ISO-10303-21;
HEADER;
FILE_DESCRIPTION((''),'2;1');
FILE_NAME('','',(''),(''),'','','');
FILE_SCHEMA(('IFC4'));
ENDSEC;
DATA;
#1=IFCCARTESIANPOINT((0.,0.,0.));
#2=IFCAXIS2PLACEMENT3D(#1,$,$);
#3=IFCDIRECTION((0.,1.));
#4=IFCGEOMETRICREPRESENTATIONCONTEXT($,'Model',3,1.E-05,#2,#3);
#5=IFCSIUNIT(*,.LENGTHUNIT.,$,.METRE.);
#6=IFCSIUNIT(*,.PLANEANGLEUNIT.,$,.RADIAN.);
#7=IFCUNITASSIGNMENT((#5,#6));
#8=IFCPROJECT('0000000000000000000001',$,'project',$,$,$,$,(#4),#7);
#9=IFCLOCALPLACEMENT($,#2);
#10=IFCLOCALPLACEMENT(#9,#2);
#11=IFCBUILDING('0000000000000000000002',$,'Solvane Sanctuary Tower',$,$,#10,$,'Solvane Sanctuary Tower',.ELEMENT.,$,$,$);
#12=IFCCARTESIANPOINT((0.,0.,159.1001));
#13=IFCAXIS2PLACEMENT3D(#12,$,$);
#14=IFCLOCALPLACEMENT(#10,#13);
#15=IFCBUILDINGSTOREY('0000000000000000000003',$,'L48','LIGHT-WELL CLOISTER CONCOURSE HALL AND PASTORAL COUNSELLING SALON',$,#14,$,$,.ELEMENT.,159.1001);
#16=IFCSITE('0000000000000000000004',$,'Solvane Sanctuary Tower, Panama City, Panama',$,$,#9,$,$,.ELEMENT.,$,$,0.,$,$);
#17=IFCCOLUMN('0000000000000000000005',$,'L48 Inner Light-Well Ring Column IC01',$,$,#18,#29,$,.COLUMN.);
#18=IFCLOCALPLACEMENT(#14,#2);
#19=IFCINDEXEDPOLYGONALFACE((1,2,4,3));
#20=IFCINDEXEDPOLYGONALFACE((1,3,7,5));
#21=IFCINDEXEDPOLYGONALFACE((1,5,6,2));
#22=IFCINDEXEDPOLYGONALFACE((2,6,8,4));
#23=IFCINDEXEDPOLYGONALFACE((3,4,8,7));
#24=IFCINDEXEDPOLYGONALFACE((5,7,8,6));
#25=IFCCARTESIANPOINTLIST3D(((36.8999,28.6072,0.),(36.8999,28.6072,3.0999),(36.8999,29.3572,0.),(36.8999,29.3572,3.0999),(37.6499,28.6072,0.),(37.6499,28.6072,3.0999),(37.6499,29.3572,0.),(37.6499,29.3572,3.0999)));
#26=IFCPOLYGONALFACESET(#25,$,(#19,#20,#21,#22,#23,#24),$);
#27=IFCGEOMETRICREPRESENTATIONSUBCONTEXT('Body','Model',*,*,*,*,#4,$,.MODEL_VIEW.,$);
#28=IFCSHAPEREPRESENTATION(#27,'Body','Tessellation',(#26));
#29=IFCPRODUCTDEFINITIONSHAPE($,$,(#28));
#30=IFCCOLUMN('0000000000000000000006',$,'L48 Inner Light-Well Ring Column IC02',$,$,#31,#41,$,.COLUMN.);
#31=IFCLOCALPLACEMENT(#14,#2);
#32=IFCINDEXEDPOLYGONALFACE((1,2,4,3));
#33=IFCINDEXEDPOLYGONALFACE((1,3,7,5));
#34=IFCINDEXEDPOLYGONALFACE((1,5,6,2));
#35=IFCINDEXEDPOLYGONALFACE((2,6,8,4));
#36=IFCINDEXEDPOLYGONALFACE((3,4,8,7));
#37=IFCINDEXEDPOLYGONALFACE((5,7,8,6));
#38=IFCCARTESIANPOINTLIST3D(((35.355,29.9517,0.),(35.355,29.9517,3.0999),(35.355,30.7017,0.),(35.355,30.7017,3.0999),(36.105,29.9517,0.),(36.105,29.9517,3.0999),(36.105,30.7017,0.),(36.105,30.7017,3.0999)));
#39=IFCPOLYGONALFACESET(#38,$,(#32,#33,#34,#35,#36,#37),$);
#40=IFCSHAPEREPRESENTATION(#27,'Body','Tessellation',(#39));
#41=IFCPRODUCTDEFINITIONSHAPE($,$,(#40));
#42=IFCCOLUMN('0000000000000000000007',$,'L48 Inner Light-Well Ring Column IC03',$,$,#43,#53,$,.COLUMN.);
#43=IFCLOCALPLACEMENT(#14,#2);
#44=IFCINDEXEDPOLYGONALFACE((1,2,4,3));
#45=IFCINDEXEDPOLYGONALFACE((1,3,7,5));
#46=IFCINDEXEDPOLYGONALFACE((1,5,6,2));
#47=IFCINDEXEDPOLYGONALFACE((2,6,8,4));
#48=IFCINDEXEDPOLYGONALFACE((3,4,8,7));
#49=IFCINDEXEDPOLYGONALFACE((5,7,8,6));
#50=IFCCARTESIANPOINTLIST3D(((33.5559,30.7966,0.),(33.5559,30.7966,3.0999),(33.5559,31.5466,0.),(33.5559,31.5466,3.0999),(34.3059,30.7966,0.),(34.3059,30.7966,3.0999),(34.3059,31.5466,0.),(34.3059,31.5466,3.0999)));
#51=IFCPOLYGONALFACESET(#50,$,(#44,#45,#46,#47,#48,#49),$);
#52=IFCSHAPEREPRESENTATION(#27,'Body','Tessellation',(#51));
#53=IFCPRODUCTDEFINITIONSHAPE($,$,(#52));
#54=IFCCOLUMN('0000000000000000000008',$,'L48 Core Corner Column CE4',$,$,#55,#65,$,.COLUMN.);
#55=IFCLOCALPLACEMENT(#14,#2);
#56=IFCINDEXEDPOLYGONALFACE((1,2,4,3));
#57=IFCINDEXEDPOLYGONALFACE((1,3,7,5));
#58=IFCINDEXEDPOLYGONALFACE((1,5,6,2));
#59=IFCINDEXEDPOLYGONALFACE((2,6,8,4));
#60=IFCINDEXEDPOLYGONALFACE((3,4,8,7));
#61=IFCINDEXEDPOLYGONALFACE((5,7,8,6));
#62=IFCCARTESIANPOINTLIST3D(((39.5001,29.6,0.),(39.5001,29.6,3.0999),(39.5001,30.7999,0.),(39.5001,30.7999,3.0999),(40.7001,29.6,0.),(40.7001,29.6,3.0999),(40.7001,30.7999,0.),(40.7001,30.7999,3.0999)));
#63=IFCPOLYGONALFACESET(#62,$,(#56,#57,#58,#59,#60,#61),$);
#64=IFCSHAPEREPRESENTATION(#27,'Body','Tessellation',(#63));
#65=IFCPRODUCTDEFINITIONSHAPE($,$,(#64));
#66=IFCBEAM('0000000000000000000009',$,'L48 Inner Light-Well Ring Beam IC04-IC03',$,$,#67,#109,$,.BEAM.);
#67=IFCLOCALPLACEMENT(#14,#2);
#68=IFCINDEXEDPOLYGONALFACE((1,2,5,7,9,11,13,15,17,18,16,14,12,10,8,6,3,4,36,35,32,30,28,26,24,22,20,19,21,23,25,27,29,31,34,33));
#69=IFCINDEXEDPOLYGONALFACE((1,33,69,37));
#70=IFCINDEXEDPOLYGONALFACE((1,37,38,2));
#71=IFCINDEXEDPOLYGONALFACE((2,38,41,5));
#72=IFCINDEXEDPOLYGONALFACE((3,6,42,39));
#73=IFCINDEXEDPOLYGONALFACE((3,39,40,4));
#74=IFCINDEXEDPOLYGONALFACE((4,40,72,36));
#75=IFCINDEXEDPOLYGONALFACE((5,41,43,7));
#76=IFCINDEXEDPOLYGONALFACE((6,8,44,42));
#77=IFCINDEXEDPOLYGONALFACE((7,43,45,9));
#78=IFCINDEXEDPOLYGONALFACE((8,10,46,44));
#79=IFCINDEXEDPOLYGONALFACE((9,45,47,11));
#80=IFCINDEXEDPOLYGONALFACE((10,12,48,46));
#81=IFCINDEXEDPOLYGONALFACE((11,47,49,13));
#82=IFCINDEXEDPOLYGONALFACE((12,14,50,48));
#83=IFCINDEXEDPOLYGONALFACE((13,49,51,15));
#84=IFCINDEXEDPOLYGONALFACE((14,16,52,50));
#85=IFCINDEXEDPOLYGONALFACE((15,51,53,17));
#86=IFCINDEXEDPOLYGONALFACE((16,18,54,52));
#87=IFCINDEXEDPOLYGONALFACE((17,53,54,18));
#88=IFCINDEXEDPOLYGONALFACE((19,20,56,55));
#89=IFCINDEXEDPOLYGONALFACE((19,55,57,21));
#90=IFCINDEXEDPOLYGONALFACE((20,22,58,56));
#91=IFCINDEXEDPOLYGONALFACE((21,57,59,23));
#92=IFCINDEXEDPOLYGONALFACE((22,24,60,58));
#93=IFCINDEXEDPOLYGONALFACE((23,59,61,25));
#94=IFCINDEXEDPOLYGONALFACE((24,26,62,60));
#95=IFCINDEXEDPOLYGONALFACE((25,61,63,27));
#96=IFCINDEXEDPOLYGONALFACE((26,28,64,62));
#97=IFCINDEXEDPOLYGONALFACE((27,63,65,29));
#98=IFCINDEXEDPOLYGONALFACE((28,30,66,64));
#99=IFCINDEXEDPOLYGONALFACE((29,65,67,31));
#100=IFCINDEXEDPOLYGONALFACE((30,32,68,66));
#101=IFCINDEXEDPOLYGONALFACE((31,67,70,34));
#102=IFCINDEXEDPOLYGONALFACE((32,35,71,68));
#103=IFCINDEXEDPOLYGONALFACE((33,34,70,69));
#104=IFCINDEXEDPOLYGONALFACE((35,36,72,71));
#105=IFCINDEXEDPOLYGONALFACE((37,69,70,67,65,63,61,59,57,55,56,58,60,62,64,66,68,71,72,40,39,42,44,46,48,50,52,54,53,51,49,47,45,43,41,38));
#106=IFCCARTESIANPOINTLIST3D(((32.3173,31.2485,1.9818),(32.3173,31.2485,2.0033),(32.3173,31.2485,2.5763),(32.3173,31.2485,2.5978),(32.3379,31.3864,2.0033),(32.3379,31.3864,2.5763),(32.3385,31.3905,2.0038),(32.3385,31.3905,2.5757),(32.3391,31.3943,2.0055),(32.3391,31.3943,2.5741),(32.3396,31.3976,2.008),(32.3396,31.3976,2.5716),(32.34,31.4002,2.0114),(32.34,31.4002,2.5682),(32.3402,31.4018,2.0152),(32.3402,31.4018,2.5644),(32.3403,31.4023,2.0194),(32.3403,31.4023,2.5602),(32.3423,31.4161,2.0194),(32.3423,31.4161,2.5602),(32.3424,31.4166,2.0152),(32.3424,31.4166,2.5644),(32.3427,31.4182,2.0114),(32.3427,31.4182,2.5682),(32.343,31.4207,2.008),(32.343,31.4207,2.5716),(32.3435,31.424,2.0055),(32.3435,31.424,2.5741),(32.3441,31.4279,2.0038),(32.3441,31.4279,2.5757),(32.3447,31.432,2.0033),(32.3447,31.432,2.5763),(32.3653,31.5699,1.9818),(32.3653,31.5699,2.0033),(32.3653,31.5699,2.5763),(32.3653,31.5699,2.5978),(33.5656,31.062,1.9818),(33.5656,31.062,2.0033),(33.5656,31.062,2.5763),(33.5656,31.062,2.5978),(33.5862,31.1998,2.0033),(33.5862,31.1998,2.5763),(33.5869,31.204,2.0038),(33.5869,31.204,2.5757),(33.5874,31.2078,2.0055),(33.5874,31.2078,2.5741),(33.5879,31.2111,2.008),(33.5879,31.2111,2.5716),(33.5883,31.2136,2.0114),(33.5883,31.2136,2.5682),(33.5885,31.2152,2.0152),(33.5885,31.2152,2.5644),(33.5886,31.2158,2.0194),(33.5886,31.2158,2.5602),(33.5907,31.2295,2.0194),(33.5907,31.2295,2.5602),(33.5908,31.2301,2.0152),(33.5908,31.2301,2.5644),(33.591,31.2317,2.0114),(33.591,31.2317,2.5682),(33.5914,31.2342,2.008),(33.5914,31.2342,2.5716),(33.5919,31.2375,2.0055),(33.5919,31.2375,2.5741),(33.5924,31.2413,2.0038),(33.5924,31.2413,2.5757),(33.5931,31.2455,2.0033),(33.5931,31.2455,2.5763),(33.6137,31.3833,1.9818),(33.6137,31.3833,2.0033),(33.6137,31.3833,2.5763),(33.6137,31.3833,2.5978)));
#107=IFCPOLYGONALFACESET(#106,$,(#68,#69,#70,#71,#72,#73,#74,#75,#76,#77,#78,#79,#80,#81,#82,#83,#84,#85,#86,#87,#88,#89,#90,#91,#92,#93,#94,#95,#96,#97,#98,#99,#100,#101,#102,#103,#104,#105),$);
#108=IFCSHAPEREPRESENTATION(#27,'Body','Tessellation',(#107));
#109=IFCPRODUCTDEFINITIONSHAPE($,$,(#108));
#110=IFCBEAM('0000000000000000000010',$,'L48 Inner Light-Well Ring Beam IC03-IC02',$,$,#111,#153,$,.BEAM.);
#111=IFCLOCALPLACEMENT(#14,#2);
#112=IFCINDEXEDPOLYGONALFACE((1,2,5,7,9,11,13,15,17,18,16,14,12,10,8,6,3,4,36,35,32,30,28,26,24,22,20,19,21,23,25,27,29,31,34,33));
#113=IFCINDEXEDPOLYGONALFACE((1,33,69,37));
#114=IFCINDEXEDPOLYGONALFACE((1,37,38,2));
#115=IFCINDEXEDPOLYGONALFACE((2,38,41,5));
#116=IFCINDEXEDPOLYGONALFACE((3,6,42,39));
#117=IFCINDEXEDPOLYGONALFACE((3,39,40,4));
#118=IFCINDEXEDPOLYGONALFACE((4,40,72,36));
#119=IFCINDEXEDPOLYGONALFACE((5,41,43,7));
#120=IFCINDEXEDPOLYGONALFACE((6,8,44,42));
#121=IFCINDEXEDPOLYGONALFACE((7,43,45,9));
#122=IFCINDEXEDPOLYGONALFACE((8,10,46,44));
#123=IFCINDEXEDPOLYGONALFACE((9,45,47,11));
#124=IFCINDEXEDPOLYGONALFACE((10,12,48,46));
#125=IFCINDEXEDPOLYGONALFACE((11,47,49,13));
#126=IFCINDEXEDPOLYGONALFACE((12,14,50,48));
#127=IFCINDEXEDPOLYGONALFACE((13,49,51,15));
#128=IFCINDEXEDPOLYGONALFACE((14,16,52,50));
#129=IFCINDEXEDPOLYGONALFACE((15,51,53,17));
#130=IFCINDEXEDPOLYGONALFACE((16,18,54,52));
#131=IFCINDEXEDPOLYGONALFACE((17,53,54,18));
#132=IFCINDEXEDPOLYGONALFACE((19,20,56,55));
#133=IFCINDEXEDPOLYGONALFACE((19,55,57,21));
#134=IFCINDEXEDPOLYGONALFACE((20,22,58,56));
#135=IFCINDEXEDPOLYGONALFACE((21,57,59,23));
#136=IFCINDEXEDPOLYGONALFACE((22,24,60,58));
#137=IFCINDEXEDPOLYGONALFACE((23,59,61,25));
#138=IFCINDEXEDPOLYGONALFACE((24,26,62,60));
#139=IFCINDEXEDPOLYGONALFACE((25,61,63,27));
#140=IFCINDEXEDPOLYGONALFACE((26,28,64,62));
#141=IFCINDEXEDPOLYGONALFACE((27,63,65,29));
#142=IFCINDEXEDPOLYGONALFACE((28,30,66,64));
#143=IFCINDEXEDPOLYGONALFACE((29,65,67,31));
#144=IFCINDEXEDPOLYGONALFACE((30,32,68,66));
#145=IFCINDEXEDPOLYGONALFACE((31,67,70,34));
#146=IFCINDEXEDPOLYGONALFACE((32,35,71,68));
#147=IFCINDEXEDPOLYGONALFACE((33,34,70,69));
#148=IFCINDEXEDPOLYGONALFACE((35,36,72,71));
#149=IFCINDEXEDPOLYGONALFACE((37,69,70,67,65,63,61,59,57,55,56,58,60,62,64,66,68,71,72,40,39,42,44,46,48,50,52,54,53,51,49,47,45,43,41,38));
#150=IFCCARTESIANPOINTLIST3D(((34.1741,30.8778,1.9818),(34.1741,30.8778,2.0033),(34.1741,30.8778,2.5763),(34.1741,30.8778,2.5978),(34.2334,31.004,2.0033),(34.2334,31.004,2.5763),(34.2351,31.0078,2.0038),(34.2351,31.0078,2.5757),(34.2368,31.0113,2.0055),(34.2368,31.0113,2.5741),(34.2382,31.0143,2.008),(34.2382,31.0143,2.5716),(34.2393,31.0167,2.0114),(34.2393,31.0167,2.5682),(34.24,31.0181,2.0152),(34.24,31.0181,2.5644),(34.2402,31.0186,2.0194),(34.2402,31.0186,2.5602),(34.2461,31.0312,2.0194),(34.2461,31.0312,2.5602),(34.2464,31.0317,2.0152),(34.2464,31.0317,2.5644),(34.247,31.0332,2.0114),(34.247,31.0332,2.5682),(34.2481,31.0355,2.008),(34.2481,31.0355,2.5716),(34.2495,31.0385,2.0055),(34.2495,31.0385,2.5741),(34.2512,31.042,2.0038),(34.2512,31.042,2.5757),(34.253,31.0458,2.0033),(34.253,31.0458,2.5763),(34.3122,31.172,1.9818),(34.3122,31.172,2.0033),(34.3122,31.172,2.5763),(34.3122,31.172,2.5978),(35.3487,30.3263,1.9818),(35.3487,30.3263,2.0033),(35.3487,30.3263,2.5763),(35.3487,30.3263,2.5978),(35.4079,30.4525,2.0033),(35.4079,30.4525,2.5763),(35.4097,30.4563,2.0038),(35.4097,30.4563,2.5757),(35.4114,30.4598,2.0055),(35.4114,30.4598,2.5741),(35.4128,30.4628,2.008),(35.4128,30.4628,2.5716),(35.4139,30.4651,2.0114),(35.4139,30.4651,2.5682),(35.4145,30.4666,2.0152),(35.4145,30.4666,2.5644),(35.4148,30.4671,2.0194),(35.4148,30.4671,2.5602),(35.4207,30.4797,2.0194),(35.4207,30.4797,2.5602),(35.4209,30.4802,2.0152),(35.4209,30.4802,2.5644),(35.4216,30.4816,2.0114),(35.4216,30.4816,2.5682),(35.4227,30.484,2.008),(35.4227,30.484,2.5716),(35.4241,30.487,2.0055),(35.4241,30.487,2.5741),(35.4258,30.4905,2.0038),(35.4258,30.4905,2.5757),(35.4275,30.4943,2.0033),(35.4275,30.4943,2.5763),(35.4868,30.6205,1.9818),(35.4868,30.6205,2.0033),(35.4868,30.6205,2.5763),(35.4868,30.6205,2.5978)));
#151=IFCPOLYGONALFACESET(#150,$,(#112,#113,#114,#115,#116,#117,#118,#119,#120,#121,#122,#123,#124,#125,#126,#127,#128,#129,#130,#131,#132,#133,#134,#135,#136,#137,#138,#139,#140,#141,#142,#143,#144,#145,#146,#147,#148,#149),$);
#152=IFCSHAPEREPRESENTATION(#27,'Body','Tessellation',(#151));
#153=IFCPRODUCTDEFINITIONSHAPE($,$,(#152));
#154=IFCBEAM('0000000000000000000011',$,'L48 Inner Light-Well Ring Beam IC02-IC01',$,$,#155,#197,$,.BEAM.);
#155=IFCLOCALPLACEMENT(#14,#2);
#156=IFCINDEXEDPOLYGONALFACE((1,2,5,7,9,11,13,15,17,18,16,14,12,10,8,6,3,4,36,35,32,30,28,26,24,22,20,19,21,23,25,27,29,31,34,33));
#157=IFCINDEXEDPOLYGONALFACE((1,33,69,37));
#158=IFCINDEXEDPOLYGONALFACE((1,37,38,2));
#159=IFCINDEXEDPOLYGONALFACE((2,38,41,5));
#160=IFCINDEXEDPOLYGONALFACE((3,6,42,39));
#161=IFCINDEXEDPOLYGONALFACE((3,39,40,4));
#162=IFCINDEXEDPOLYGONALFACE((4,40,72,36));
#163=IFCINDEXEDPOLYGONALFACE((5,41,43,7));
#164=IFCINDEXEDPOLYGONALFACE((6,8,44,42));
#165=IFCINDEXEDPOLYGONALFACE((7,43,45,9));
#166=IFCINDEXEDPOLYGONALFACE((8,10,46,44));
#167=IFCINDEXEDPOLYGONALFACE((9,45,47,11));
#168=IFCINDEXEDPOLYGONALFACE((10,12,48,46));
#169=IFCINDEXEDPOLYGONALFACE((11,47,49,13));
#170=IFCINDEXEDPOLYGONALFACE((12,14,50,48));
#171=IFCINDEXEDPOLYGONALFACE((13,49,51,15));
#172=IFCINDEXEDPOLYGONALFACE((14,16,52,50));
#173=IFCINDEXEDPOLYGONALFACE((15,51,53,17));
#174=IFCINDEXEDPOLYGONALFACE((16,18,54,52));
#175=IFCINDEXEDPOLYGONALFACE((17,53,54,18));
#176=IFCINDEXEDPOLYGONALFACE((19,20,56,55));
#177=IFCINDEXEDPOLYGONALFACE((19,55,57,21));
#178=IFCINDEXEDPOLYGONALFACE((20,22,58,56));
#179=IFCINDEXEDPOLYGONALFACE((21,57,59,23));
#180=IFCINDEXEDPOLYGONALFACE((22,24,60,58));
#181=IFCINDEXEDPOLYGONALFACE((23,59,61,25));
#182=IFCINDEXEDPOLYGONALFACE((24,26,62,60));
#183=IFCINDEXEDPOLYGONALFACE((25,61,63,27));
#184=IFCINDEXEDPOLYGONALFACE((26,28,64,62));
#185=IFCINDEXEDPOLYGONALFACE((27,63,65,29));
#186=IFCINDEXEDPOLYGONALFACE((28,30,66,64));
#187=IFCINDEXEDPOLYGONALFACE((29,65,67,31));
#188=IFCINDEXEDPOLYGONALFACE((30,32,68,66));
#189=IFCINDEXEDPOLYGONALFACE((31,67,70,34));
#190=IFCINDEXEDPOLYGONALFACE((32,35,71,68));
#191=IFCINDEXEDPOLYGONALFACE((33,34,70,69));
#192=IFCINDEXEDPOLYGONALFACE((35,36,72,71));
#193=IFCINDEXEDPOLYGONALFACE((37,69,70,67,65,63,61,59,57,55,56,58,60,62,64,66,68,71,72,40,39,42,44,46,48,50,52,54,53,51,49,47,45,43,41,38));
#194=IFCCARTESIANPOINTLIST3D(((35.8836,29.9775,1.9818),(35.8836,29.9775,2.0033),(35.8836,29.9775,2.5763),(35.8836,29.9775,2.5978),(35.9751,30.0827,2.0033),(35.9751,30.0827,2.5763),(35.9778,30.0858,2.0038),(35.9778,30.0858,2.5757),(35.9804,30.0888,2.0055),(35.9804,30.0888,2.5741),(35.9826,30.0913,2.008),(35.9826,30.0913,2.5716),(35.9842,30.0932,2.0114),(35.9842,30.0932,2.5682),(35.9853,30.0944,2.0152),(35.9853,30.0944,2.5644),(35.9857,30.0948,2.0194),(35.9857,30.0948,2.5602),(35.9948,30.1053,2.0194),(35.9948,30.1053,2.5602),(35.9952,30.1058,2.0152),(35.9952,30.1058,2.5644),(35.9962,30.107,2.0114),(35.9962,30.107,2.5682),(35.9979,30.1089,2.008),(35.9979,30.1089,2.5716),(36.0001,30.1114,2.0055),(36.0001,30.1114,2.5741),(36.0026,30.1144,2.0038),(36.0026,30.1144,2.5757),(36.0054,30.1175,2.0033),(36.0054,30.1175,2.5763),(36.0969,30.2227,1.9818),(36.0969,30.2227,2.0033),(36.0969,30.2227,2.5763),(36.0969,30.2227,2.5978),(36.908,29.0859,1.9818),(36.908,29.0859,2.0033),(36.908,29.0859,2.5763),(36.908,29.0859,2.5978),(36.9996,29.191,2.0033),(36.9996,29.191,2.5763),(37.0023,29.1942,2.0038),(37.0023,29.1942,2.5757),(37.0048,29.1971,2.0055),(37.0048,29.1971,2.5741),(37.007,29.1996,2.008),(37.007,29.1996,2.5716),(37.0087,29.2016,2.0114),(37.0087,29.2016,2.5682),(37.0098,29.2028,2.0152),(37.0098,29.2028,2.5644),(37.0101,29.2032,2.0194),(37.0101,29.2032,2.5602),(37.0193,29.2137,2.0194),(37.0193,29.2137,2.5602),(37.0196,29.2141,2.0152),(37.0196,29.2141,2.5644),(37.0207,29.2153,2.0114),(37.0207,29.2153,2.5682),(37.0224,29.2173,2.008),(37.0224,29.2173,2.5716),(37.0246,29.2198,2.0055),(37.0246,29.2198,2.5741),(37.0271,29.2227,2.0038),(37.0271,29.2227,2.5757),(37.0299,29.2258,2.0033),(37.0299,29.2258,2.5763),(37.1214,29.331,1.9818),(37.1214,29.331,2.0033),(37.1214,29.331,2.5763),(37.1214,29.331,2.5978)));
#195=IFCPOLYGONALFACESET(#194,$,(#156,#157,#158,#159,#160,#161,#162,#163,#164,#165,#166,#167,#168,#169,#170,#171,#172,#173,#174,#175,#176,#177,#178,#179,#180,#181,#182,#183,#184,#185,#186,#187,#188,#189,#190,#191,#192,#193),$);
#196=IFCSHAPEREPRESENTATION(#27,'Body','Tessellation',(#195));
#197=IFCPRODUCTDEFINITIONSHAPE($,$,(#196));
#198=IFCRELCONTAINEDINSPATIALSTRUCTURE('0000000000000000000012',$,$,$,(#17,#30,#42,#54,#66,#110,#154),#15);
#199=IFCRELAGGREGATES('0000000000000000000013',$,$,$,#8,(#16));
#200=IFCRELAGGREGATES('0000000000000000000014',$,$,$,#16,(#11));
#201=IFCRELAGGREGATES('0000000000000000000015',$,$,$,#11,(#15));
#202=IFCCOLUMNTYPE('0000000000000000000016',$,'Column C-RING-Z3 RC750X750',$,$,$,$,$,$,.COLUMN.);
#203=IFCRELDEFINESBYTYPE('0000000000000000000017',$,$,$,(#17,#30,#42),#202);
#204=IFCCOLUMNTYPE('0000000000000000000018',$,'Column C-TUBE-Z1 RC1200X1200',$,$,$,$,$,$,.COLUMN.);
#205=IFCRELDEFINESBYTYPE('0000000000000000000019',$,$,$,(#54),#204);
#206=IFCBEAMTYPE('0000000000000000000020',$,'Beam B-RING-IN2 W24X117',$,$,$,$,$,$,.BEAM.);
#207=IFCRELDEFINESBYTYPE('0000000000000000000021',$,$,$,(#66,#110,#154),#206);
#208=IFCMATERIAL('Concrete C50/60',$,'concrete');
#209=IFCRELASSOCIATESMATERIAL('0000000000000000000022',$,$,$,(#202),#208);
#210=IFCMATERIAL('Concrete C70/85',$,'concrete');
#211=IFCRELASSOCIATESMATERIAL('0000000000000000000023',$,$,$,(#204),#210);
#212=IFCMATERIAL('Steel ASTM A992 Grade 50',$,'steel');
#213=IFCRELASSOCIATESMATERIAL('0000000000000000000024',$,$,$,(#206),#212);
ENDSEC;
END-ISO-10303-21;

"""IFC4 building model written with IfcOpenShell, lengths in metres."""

from ifc_helpers import new_model, si_unit, direction, frame, origin, origin_2d, place, context, subcontext, project, spatial, rectangle, i_section, extrude, material, material_profile, profile_set, type_object, element, save


model = new_model("IFC4")

# Units and contexts
model_context = context("Model", 3, precision=1e-05, world=origin(), true_north=direction((0.0, 1.0)))
body_context = subcontext(model_context, "Body", "Model", "MODEL_VIEW")
ifc_project = project(units=[si_unit("LENGTHUNIT", "METRE"), si_unit("PLANEANGLEUNIT", "RADIAN")], contexts=[model_context])

# Site, building, storey
site_placement = place(None, origin())
site = spatial("IfcSite", under=ifc_project, at=site_placement, Name="Solvane Sanctuary Tower, Panama City, Panama", CompositionType="ELEMENT", RefElevation=0.0)
building_placement = place(site_placement, origin())
building = spatial("IfcBuilding", under=site, at=building_placement, Name="Solvane Sanctuary Tower", LongName="Solvane Sanctuary Tower", CompositionType="ELEMENT")
storey_placement = place(building_placement, frame((0.0, 0.0, 159.1001)))
storey = spatial("IfcBuildingStorey", under=building, at=storey_placement, Name="L48", Description="LIGHT-WELL CLOISTER CONCOURSE HALL AND PASTORAL COUNSELLING SALON", CompositionType="ELEMENT", Elevation=159.1001)

# Columns
ifc_material_1 = material(Name="Concrete C50/60", Category="concrete")
ifc_material_profile_1 = material_profile(ifc_material_1, rectangle(XDim=0.75, YDim=0.75, at=origin_2d()), Name="RC750X750")
ifc_profile_set_1 = profile_set([ifc_material_profile_1], Name="Concrete C50/60")
column_type_1 = type_object("IfcColumnType", Name="Column C-RING-Z3 RC750X750", PredefinedType="COLUMN", material=ifc_profile_set_1)
for number, where, z_axis, x_axis, name in (
    (1, (37.2749, 28.9822, 0.0), (0.0, 0.0, 1.0), (1.0, 0.0, 0.0), "L48 Inner Light-Well Ring Column IC01"),
    (2, (35.73, 30.3267, 0.0), (0.0, 0.0, 1.0), (1.0, 0.0, 0.0), "L48 Inner Light-Well Ring Column IC02"),
    (3, (33.9309, 31.1716, 0.0), (0.0, 0.0, 1.0), (1.0, 0.0, 0.0), "L48 Inner Light-Well Ring Column IC03"),
):
    element("IfcColumn", number, at=place(storey_placement, frame(where, z_axis=z_axis, x_axis=x_axis)), inside=storey, type_object=column_type_1, Name=name, PredefinedType="COLUMN", context=body_context, shape_type="SweptSolid", body=[
        extrude(rectangle(XDim=0.75, YDim=0.75, at=origin_2d()), origin(), (0.0, 0.0, 1.0), 3.0999),
    ])
ifc_material_2 = material(Name="Concrete C70/85", Category="concrete")
ifc_material_profile_2 = material_profile(ifc_material_2, rectangle(XDim=1.2, YDim=1.2, at=origin_2d()), Name="RC1200X1200")
ifc_profile_set_2 = profile_set([ifc_material_profile_2], Name="Concrete C70/85")
column_type_2 = type_object("IfcColumnType", Name="Column C-TUBE-Z1 RC1200X1200", PredefinedType="COLUMN", material=ifc_profile_set_2)
column_placement = place(storey_placement, frame((40.1001, 30.2, 0.0), z_axis=(0.0, 0.0, 1.0), x_axis=(1.0, 0.0, 0.0)))
element("IfcColumn", 4, at=column_placement, inside=storey, type_object=column_type_2, Name="L48 Core Corner Column CE4", PredefinedType="COLUMN", context=body_context, shape_type="SweptSolid", body=[
    extrude(rectangle(XDim=1.2, YDim=1.2, at=origin_2d()), origin(), (0.0, 0.0, 1.0), 3.0999),
])

# Beams
ifc_material_3 = material(Name="Steel ASTM A992 Grade 50", Category="steel")
ifc_material_profile_3 = material_profile(ifc_material_3, i_section(OverallWidth=0.325, OverallDepth=0.616, WebThickness=0.0139, FlangeThickness=0.0215, FilletRadius=0.0161, at=origin_2d()), Name="W24X117")
ifc_profile_set_3 = profile_set([ifc_material_profile_3], Name="Steel ASTM A992 Grade 50")
beam_type_1 = type_object("IfcBeamType", Name="Beam B-RING-IN2 W24X117", PredefinedType="BEAM", material=ifc_profile_set_3)
beam_1_placement = place(storey_placement, frame((32.3413, 31.4092, 2.2898), z_axis=(0.98902, -0.147782, 0.0), x_axis=(0.147782, 0.98902, 0.0)))
element("IfcBeam", 5, at=beam_1_placement, inside=storey, type_object=beam_type_1, Name="L48 Inner Light-Well Ring Beam IC04-IC03", PredefinedType="BEAM", context=body_context, shape_type="SweptSolid", body=[
    extrude(i_section(OverallWidth=0.325, OverallDepth=0.616, WebThickness=0.0139, FlangeThickness=0.0215, FilletRadius=0.0161, at=origin_2d()), origin(), (0.0, 0.0, 1.0), 1.2622),
])
beam_2_placement = place(storey_placement, frame((34.2432, 31.0249, 2.2898), z_axis=(0.905181, -0.425027, 0.0), x_axis=(0.425027, 0.905181, 0.0)))
element("IfcBeam", 6, at=beam_2_placement, inside=storey, type_object=beam_type_1, Name="L48 Inner Light-Well Ring Beam IC03-IC02", PredefinedType="BEAM", context=body_context, shape_type="SweptSolid", body=[
    extrude(i_section(OverallWidth=0.325, OverallDepth=0.616, WebThickness=0.0139, FlangeThickness=0.0215, FilletRadius=0.0161, at=origin_2d()), origin(), (0.0, 0.0, 1.0), 1.2976),
])
beam_3_placement = place(storey_placement, frame((35.9902, 30.1001, 2.2898), z_axis=(0.754311, -0.656517, 0.0), x_axis=(0.656517, 0.754311, 0.0)))
element("IfcBeam", 7, at=beam_3_placement, inside=storey, type_object=beam_type_1, Name="L48 Inner Light-Well Ring Beam IC02-IC01", PredefinedType="BEAM", context=body_context, shape_type="SweptSolid", body=[
    extrude(i_section(OverallWidth=0.325, OverallDepth=0.616, WebThickness=0.0139, FlangeThickness=0.0215, FilletRadius=0.0161, at=origin_2d()), origin(), (0.0, 0.0, 1.0), 1.3582),
])

save(model, "model.ifc")
